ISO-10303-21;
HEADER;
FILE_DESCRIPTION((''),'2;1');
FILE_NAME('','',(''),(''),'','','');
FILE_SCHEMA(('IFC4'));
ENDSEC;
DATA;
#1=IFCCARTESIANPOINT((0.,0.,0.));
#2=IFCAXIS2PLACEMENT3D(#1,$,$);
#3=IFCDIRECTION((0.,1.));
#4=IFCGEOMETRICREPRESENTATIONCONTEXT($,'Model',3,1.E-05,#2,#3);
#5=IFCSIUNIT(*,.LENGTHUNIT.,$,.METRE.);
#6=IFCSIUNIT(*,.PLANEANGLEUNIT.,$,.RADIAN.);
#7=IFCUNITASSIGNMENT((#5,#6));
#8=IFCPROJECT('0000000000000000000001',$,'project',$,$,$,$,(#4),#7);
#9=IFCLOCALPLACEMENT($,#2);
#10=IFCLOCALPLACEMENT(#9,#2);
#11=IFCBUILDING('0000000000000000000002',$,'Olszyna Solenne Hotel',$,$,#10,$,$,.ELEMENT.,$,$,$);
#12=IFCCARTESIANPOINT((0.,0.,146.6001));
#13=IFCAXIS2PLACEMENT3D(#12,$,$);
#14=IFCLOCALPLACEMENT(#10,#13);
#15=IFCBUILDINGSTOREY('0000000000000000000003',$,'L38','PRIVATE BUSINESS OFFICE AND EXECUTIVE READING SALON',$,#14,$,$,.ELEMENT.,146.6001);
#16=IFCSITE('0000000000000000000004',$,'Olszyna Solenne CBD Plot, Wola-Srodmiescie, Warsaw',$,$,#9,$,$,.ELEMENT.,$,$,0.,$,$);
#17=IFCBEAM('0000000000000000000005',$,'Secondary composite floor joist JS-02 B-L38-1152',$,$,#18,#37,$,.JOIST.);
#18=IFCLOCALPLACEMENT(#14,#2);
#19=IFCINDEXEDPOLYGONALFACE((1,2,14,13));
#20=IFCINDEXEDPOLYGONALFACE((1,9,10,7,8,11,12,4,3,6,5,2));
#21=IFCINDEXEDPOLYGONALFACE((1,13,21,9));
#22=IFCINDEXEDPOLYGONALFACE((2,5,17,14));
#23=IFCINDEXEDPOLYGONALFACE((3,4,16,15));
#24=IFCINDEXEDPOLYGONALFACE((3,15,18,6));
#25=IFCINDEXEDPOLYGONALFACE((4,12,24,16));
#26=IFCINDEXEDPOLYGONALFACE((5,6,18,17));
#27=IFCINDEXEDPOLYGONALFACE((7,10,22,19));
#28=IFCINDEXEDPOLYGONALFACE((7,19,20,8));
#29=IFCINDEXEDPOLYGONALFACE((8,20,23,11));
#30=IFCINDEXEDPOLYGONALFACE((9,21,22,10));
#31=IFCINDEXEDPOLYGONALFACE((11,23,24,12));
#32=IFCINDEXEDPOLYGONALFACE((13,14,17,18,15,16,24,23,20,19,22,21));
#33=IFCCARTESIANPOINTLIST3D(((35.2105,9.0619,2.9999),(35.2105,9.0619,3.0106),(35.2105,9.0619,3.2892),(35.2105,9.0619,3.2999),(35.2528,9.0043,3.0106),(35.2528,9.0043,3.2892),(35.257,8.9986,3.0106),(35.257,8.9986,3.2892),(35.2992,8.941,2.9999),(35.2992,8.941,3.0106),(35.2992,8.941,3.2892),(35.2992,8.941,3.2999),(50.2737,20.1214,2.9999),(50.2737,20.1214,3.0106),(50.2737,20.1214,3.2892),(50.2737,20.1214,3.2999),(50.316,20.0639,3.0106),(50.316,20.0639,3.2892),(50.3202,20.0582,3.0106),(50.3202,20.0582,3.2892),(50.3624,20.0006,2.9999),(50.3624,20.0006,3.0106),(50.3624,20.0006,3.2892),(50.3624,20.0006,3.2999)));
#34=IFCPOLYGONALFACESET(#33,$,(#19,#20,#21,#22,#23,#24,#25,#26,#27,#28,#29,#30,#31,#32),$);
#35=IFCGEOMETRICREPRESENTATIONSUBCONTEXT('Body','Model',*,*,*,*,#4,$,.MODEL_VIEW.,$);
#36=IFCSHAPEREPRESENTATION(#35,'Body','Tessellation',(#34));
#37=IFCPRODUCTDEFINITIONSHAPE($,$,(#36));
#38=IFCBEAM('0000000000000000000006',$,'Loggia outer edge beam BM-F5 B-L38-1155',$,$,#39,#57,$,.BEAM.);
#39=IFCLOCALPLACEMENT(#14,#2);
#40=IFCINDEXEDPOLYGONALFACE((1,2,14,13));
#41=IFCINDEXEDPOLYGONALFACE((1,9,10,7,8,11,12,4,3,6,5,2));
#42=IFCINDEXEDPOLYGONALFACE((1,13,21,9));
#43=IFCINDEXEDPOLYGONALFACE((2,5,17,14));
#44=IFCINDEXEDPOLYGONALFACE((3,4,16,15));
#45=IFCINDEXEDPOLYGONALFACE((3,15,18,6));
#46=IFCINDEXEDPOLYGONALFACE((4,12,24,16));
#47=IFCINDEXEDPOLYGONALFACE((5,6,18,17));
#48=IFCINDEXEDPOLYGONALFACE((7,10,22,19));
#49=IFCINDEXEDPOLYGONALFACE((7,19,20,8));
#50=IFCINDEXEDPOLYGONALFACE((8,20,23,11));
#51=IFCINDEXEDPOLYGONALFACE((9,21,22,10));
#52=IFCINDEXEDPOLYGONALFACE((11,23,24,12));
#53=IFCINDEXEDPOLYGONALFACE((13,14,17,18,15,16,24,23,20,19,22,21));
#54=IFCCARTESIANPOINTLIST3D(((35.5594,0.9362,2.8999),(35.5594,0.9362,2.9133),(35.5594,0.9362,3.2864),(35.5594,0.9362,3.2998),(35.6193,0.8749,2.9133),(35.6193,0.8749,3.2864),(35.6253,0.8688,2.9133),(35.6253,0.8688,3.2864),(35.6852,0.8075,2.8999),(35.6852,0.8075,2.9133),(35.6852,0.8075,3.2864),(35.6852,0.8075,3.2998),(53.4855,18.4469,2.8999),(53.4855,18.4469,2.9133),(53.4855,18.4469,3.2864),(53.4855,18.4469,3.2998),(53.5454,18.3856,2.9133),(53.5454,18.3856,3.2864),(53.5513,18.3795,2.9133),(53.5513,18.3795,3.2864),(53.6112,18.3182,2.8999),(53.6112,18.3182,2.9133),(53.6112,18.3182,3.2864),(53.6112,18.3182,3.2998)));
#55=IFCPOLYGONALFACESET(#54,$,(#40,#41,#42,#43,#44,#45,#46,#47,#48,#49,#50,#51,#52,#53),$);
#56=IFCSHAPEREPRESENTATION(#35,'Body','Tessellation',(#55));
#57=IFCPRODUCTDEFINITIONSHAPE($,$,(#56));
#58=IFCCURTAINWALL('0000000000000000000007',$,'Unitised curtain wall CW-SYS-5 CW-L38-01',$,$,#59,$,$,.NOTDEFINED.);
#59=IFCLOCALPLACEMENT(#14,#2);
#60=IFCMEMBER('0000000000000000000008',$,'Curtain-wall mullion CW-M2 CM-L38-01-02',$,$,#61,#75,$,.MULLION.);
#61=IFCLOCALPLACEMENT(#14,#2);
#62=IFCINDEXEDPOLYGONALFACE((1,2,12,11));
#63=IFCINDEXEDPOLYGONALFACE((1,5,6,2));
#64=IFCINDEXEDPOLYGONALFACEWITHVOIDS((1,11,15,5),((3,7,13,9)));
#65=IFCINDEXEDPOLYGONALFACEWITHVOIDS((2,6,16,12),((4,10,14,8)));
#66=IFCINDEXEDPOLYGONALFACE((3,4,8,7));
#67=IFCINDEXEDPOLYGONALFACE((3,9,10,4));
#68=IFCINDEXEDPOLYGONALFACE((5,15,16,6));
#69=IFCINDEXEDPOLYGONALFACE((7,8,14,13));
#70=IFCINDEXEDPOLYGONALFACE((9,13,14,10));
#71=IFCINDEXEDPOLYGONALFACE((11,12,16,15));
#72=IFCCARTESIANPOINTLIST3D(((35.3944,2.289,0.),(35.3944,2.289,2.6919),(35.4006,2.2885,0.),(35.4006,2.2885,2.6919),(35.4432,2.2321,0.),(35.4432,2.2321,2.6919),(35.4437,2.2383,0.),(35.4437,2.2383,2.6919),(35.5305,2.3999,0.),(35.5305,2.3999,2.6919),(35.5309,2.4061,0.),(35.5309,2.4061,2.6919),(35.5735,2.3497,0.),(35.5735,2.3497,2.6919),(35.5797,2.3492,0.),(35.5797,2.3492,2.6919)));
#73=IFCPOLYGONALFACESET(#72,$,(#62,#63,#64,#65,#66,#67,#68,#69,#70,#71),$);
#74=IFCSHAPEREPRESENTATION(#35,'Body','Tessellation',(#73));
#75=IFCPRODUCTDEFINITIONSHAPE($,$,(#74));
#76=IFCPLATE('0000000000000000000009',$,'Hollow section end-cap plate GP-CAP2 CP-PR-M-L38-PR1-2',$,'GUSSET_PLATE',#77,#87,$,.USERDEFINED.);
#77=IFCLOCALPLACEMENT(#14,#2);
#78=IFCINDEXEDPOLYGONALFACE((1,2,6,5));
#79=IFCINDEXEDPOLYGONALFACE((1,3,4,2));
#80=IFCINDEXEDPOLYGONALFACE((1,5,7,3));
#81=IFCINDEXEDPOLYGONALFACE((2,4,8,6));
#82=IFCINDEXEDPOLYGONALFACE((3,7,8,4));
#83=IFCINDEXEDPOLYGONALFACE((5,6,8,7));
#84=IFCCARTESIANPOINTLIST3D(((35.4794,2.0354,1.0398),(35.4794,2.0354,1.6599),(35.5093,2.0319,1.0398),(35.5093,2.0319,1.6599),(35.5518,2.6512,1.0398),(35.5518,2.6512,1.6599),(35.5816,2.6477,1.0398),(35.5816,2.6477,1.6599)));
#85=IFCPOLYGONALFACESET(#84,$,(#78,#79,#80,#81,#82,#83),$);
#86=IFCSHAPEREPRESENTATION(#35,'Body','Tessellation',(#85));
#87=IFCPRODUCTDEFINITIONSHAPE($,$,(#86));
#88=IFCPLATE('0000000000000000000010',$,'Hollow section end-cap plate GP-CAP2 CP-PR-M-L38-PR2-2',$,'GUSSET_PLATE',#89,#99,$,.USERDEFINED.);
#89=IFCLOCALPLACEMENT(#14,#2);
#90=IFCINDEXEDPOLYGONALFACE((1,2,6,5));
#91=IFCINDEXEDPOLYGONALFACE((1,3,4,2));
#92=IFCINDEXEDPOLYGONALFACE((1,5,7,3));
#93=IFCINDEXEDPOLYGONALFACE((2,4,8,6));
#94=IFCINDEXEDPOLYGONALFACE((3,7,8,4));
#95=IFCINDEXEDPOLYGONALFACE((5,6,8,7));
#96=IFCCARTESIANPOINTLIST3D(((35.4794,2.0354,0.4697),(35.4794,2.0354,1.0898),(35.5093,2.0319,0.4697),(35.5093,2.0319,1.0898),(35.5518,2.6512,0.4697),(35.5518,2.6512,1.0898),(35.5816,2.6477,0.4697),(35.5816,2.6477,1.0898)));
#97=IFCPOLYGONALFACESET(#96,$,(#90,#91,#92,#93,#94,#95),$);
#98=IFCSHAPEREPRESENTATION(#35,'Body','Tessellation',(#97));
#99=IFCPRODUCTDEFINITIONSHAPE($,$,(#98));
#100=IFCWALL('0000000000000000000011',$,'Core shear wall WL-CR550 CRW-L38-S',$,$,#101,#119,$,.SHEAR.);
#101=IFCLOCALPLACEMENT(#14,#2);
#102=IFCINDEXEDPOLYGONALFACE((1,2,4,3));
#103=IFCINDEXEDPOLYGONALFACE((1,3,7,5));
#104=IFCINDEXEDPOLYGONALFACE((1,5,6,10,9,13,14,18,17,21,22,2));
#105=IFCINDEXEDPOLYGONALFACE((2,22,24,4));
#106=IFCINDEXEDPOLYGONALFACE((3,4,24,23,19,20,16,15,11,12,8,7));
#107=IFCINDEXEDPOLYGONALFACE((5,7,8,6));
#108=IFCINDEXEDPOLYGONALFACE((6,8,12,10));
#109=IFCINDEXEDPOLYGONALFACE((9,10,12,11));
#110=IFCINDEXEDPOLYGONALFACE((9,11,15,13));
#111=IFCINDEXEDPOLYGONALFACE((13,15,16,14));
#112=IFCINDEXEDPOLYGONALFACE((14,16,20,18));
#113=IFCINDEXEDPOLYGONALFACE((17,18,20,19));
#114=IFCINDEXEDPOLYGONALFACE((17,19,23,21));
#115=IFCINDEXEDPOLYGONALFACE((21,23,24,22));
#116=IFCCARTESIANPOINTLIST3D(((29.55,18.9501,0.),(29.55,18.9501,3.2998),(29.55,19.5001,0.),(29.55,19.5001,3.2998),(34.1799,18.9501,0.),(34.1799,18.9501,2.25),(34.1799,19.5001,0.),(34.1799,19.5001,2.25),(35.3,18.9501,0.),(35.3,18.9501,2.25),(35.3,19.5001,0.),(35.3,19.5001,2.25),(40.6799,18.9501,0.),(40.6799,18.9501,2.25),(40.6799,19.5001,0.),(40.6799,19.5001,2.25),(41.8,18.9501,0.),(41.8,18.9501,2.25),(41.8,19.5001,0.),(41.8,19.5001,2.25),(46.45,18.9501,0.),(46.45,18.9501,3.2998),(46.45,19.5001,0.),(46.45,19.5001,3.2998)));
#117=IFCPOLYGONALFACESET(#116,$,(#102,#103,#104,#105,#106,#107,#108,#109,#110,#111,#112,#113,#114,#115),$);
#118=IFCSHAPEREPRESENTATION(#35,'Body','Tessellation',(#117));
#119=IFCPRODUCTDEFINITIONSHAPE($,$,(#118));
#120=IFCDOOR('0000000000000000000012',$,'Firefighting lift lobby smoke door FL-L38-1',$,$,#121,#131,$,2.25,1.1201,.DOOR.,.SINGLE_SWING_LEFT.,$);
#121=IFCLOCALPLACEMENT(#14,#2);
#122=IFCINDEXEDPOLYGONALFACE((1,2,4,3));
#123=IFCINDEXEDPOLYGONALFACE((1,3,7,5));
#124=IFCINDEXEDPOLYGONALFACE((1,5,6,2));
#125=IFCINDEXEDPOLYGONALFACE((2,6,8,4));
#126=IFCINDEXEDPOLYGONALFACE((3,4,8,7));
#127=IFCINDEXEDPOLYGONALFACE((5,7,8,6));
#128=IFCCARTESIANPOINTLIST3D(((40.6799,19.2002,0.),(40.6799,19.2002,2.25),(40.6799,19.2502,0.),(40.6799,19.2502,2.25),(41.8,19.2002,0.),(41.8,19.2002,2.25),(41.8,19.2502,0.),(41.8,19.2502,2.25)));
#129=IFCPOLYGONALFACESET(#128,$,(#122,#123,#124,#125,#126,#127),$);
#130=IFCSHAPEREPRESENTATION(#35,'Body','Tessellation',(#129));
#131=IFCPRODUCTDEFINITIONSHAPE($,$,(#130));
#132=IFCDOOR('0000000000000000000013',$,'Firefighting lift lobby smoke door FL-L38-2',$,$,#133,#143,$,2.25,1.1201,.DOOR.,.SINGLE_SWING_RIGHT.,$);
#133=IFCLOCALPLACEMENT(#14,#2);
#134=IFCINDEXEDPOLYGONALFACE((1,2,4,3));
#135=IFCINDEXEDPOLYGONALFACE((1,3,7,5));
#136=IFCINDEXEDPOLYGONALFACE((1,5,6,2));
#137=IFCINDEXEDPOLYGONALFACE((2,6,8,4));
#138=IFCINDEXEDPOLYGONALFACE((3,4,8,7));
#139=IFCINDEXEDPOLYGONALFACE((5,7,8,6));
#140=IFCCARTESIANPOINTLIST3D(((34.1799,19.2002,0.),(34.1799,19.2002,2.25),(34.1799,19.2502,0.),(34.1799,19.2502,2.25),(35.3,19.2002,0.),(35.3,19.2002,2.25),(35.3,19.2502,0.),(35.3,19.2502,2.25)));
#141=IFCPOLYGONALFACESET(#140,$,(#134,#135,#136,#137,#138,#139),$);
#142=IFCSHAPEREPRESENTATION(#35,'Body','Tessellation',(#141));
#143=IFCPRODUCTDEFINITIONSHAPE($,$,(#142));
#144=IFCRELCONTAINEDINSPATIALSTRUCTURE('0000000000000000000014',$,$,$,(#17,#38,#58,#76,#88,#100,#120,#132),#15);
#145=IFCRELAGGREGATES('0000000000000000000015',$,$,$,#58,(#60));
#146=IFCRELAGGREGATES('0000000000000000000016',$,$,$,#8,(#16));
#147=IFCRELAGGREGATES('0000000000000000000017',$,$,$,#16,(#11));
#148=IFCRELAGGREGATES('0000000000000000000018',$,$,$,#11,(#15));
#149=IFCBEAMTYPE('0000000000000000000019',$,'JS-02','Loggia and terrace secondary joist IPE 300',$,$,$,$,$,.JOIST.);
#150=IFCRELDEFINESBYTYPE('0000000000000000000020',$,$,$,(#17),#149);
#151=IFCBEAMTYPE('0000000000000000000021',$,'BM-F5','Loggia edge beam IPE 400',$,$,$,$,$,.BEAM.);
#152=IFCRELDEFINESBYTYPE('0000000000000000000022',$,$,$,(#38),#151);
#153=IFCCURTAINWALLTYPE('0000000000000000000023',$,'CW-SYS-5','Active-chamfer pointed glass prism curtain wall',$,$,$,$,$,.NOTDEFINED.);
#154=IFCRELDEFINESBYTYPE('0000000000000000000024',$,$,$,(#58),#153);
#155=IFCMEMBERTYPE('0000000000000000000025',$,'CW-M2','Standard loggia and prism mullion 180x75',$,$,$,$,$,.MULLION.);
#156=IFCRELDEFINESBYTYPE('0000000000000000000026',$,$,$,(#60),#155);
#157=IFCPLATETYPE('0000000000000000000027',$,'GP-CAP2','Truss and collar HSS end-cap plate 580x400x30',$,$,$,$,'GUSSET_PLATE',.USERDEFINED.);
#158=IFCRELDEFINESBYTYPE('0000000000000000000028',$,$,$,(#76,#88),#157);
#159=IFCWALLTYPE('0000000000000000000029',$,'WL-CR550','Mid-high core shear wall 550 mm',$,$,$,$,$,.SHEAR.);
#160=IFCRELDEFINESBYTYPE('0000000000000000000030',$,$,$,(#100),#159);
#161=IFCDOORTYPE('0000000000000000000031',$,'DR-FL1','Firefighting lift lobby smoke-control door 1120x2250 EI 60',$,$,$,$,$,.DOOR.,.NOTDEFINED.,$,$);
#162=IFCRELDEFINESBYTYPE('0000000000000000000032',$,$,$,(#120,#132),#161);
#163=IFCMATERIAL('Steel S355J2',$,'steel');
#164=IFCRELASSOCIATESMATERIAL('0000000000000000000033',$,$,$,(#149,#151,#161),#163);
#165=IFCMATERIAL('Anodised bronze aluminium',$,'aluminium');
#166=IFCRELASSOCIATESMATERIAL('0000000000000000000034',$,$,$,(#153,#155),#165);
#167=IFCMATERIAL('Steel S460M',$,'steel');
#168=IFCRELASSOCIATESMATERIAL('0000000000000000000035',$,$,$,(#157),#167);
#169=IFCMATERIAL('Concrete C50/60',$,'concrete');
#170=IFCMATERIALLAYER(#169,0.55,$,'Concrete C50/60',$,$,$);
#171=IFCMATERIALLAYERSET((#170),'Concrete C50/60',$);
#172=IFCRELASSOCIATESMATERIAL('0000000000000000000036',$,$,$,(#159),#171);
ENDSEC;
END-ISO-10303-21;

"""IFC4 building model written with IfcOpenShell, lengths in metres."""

from ifc_helpers import new_model, si_unit, direction, frame, frame_2d, origin, origin_2d, place, context, subcontext, project, spatial, rectangle, hollow_rectangle, i_section, extrude, source, transform, mapped, material, layer, layer_set, material_profile, profile_set, type_object, type_shapes, element, fill, aggregate, save


model = new_model("IFC4")

# Units and contexts
model_context = context("Model", 3, precision=1e-05, world=origin(), true_north=direction((0.0, 1.0)))
body_context = subcontext(model_context, "Body", "Model", "MODEL_VIEW")
ifc_project = project(units=[si_unit("LENGTHUNIT", "METRE"), si_unit("PLANEANGLEUNIT", "RADIAN")], contexts=[model_context])

# Site, building, storey
site_placement = place(None, origin())
site = spatial("IfcSite", under=ifc_project, at=site_placement, Name="Olszyna Solenne CBD Plot, Wola-Srodmiescie, Warsaw", CompositionType="ELEMENT", RefElevation=0.0)
building_placement = place(site_placement, origin())
building = spatial("IfcBuilding", under=site, at=building_placement, Name="Olszyna Solenne Hotel", CompositionType="ELEMENT")
storey_placement = place(building_placement, frame((0.0, 0.0, 146.6001)))
storey = spatial("IfcBuildingStorey", under=building, at=storey_placement, Name="L38", Description="PRIVATE BUSINESS OFFICE AND EXECUTIVE READING SALON", CompositionType="ELEMENT", Elevation=146.6001)

# Shared definitions
ifc_material_1 = material(Name="Steel S460M", Category="steel")

# Beams
ifc_material_2 = material(Name="Steel S355J2", Category="steel")
ifc_material_profile_1 = material_profile(ifc_material_2, i_section(OverallWidth=0.1499, OverallDepth=0.3, WebThickness=0.0071, FlangeThickness=0.0107, at=origin_2d()), Name="IPE 300", Category="load-bearing")
ifc_profile_set_1 = profile_set([ifc_material_profile_1], Name="Steel S355J2")
beam_type_1 = type_object("IfcBeamType", Name="JS-02", Description="Loggia and terrace secondary joist IPE 300", PredefinedType="JOIST", material=ifc_profile_set_1)
shared_shape_1 = source(origin(), body_context, "Body", "SweptSolid", [
    extrude(i_section(OverallWidth=0.1499, OverallDepth=0.3, WebThickness=0.0071, FlangeThickness=0.0107, at=origin_2d()), origin(), (0.0, 0.0, 1.0), 18.6873),
])
beam_1_placement = place(storey_placement, frame((35.2549, 9.0015, 3.1499), z_axis=(0.806068, 0.591823, 0.0), x_axis=(-0.591823, 0.806068, 0.0)))
element("IfcBeam", 1, at=beam_1_placement, inside=storey, type_object=beam_type_1, Name="Secondary composite floor joist JS-02 B-L38-1152", PredefinedType="JOIST", context=body_context, shape_type="MappedRepresentation", body=[
    mapped(shared_shape_1, transform((0.0, 0.0, 0.0), x_axis=(1.0, 0.0, 0.0), y_axis=(0.0, 1.0, 0.0), z_axis=(0.0, 0.0, 1.0), scale=1.0)),
])
ifc_material_profile_2 = material_profile(ifc_material_2, i_section(OverallWidth=0.1799, OverallDepth=0.3999, WebThickness=0.0085, FlangeThickness=0.0134, at=origin_2d()), Name="IPE 400", Category="load-bearing")
ifc_profile_set_2 = profile_set([ifc_material_profile_2], Name="Steel S355J2")
beam_type_2 = type_object("IfcBeamType", Name="BM-F5", Description="Loggia edge beam IPE 400", PredefinedType="BEAM", material=ifc_profile_set_2)
shared_shape_2 = source(origin(), body_context, "Body", "SweptSolid", [
    extrude(i_section(OverallWidth=0.1799, OverallDepth=0.3999, WebThickness=0.0085, FlangeThickness=0.0134, at=origin_2d()), origin(), (0.0, 0.0, 1.0), 25.0593),
])
beam_2_placement = place(storey_placement, frame((35.6223, 0.8718, 3.0999), z_axis=(0.715344, 0.698772, 0.0), x_axis=(-0.698772, 0.715344, 0.0)))
element("IfcBeam", 2, at=beam_2_placement, inside=storey, type_object=beam_type_2, Name="Loggia outer edge beam BM-F5 B-L38-1155", PredefinedType="BEAM", context=body_context, shape_type="MappedRepresentation", body=[
    mapped(shared_shape_2, transform((0.0, 0.0, 0.0), x_axis=(1.0, 0.0, 0.0), y_axis=(0.0, 1.0, 0.0), z_axis=(0.0, 0.0, 1.0), scale=1.0)),
])

# Curtain wall, member
ifc_material_3 = material(Name="Anodised bronze aluminium", Category="aluminium")
curtain_wall_type = type_object("IfcCurtainWallType", Name="CW-SYS-5", Description="Active-chamfer pointed glass prism curtain wall", PredefinedType="NOTDEFINED", material=ifc_material_3)
curtain_wall_placement = place(storey_placement, origin())
curtain_wall = element("IfcCurtainWall", 3, at=curtain_wall_placement, inside=storey, type_object=curtain_wall_type, Name="Unitised curtain wall CW-SYS-5 CW-L38-01", PredefinedType="NOTDEFINED")
ifc_material_profile_3 = material_profile(ifc_material_3, hollow_rectangle(XDim=0.075, YDim=0.1799, WallThickness=0.0044, at=origin_2d()), Name="MULL 180x75x4.5", Category="load-bearing")
ifc_profile_set_3 = profile_set([ifc_material_profile_3], Name="Anodised bronze aluminium")
member_type = type_object("IfcMemberType", Name="CW-M2", Description="Standard loggia and prism mullion 180x75", PredefinedType="MULLION", material=ifc_profile_set_3)
shared_shape_3 = source(origin(), body_context, "Body", "SweptSolid", [
    extrude(hollow_rectangle(XDim=0.075, YDim=0.1799, WallThickness=0.0044, at=origin_2d()), origin(), (0.0, 0.0, 1.0), 2.6919),
])
member_placement = place(storey_placement, frame((35.4871, 2.3191, 0.0), z_axis=(0.0, 0.0, 1.0), x_axis=(-0.651153, 0.758947, 0.0)))
member = element("IfcMember", 4, at=member_placement, type_object=member_type, Name="Curtain-wall mullion CW-M2 CM-L38-01-02", PredefinedType="MULLION", context=body_context, shape_type="MappedRepresentation", body=[
    mapped(shared_shape_3, transform((0.0, 0.0, 0.0), x_axis=(1.0, 0.0, 0.0), y_axis=(0.0, 1.0, 0.0), z_axis=(0.0, 0.0, 1.0), scale=1.0)),
])
aggregate(curtain_wall, [member])

# Plates
plate_type = type_object("IfcPlateType", Name="GP-CAP2", Description="Truss and collar HSS end-cap plate 580x400x30", ElementType="GUSSET_PLATE", PredefinedType="USERDEFINED", material=ifc_material_1)
shared_shape_4 = source(origin(), body_context, "Body", "SweptSolid", [
    extrude(rectangle(XDim=0.03, YDim=0.6201, at=origin_2d()), origin(), (0.0, 0.0, 1.0), 0.6201),
])
for number, where, z_axis, x_axis, name in (
    (5, (35.5305, 2.3416, 1.0398), (0.0, 0.0, 1.0), (0.993171, -0.116671, 0.0), "Hollow section end-cap plate GP-CAP2 CP-PR-M-L38-PR1-2"),
    (6, (35.5305, 2.3416, 0.4697), (0.0, 0.0, 1.0), (0.993171, -0.116671, 0.0), "Hollow section end-cap plate GP-CAP2 CP-PR-M-L38-PR2-2"),
):
    element("IfcPlate", number, at=place(storey_placement, frame(where, z_axis=z_axis, x_axis=x_axis)), inside=storey, type_object=plate_type, Name=name, ObjectType="GUSSET_PLATE", PredefinedType="USERDEFINED", context=body_context, shape_type="MappedRepresentation", body=[
        mapped(shared_shape_4, transform((0.0, 0.0, 0.0), x_axis=(1.0, 0.0, 0.0), y_axis=(0.0, 1.0, 0.0), z_axis=(0.0, 0.0, 1.0), scale=1.0)),
    ])

# Wall, openings, doors
ifc_material_4 = material(Name="Concrete C50/60", Category="concrete")
ifc_layer_1 = layer(ifc_material_4, 0.55, Name="Concrete C50/60")
ifc_layer_set_1 = layer_set([ifc_layer_1], Name="Concrete C50/60")
wall_type_1 = type_object("IfcWallType", Name="WL-CR550", Description="Mid-high core shear wall 550 mm", PredefinedType="SHEAR", material=ifc_layer_set_1)
wall_1_placement = place(storey_placement, frame((46.45, 19.2251, 0.0), z_axis=(0.0, 0.0, 1.0), x_axis=(-1.0, 0.0, 0.0)))
wall_1 = element("IfcWall", 7, at=wall_1_placement, inside=storey, type_object=wall_type_1, Name="Core shear wall WL-CR550 CRW-L38-S", PredefinedType="SHEAR", context=body_context, shape_type="SweptSolid", body=[
    extrude(rectangle(XDim=16.8999, YDim=0.55, at=frame_2d((8.45, 0.0))), origin(), (0.0, 0.0, 1.0), 3.2998),
])
opening_1_placement = place(wall_1_placement, frame((4.6499, 0.0, 0.0)))
opening_1 = element("IfcOpeningElement", 8, at=opening_1_placement, cuts=wall_1, PredefinedType="OPENING", context=body_context, shape_type="SweptSolid", body=[
    extrude(rectangle(XDim=1.1201, YDim=2.25, at=frame_2d((0.5601, 1.125))), frame((0.0, 0.2852, 0.0), z_axis=(0.0, -1.0, 0.0), x_axis=(1.0, 0.0, 0.0)), (0.0, 0.0, 1.0), 0.5701),
])
opening_2_placement = place(wall_1_placement, frame((11.1499, 0.0, 0.0)))
opening_2 = element("IfcOpeningElement", 9, at=opening_2_placement, cuts=wall_1, PredefinedType="OPENING", context=body_context, shape_type="SweptSolid", body=[
    extrude(rectangle(XDim=1.1201, YDim=2.25, at=frame_2d((0.5601, 1.125))), frame((0.0, 0.2852, 0.0), z_axis=(0.0, -1.0, 0.0), x_axis=(1.0, 0.0, 0.0)), (0.0, 0.0, 1.0), 0.5701),
])
door_type_1 = type_object("IfcDoorType", Name="DR-FL1", Description="Firefighting lift lobby smoke-control door 1120x2250 EI 60", OperationType="NOTDEFINED", PredefinedType="DOOR", material=ifc_material_2)
shared_shape_5 = source(origin(), body_context, "Body", "SweptSolid", [
    extrude(rectangle(XDim=1.1201, YDim=2.25, at=frame_2d((0.5601, 1.125))), frame((0.0, 0.0249, 0.0), z_axis=(0.0, -1.0, 0.0), x_axis=(1.0, 0.0, 0.0)), (0.0, 0.0, 1.0), 0.05),
])
type_shapes(door_type_1, [shared_shape_5])
door_1_placement = place(opening_1_placement, origin())
door_1 = element("IfcDoor", 10, at=door_1_placement, inside=storey, type_object=door_type_1, Name="Firefighting lift lobby smoke door FL-L38-1", OperationType="SINGLE_SWING_LEFT", OverallHeight=2.25, OverallWidth=1.1201, PredefinedType="DOOR", context=body_context, shape_type="MappedRepresentation", body=[
    mapped(shared_shape_5, transform((0.0, 0.0, 0.0), x_axis=(1.0, 0.0, 0.0), y_axis=(0.0, 1.0, 0.0), z_axis=(0.0, 0.0, 1.0), scale=1.0)),
])
fill(opening_1, door_1)
door_2_placement = place(opening_2_placement, origin())
door_2 = element("IfcDoor", 11, at=door_2_placement, inside=storey, type_object=door_type_1, Name="Firefighting lift lobby smoke door FL-L38-2", OperationType="SINGLE_SWING_RIGHT", OverallHeight=2.25, OverallWidth=1.1201, PredefinedType="DOOR", context=body_context, shape_type="MappedRepresentation", body=[
    mapped(shared_shape_5, transform((0.0, 0.0, 0.0), x_axis=(1.0, 0.0, 0.0), y_axis=(0.0, 1.0, 0.0), z_axis=(0.0, 0.0, 1.0), scale=1.0)),
])
fill(opening_2, door_2)

save(model, "model.ifc")
